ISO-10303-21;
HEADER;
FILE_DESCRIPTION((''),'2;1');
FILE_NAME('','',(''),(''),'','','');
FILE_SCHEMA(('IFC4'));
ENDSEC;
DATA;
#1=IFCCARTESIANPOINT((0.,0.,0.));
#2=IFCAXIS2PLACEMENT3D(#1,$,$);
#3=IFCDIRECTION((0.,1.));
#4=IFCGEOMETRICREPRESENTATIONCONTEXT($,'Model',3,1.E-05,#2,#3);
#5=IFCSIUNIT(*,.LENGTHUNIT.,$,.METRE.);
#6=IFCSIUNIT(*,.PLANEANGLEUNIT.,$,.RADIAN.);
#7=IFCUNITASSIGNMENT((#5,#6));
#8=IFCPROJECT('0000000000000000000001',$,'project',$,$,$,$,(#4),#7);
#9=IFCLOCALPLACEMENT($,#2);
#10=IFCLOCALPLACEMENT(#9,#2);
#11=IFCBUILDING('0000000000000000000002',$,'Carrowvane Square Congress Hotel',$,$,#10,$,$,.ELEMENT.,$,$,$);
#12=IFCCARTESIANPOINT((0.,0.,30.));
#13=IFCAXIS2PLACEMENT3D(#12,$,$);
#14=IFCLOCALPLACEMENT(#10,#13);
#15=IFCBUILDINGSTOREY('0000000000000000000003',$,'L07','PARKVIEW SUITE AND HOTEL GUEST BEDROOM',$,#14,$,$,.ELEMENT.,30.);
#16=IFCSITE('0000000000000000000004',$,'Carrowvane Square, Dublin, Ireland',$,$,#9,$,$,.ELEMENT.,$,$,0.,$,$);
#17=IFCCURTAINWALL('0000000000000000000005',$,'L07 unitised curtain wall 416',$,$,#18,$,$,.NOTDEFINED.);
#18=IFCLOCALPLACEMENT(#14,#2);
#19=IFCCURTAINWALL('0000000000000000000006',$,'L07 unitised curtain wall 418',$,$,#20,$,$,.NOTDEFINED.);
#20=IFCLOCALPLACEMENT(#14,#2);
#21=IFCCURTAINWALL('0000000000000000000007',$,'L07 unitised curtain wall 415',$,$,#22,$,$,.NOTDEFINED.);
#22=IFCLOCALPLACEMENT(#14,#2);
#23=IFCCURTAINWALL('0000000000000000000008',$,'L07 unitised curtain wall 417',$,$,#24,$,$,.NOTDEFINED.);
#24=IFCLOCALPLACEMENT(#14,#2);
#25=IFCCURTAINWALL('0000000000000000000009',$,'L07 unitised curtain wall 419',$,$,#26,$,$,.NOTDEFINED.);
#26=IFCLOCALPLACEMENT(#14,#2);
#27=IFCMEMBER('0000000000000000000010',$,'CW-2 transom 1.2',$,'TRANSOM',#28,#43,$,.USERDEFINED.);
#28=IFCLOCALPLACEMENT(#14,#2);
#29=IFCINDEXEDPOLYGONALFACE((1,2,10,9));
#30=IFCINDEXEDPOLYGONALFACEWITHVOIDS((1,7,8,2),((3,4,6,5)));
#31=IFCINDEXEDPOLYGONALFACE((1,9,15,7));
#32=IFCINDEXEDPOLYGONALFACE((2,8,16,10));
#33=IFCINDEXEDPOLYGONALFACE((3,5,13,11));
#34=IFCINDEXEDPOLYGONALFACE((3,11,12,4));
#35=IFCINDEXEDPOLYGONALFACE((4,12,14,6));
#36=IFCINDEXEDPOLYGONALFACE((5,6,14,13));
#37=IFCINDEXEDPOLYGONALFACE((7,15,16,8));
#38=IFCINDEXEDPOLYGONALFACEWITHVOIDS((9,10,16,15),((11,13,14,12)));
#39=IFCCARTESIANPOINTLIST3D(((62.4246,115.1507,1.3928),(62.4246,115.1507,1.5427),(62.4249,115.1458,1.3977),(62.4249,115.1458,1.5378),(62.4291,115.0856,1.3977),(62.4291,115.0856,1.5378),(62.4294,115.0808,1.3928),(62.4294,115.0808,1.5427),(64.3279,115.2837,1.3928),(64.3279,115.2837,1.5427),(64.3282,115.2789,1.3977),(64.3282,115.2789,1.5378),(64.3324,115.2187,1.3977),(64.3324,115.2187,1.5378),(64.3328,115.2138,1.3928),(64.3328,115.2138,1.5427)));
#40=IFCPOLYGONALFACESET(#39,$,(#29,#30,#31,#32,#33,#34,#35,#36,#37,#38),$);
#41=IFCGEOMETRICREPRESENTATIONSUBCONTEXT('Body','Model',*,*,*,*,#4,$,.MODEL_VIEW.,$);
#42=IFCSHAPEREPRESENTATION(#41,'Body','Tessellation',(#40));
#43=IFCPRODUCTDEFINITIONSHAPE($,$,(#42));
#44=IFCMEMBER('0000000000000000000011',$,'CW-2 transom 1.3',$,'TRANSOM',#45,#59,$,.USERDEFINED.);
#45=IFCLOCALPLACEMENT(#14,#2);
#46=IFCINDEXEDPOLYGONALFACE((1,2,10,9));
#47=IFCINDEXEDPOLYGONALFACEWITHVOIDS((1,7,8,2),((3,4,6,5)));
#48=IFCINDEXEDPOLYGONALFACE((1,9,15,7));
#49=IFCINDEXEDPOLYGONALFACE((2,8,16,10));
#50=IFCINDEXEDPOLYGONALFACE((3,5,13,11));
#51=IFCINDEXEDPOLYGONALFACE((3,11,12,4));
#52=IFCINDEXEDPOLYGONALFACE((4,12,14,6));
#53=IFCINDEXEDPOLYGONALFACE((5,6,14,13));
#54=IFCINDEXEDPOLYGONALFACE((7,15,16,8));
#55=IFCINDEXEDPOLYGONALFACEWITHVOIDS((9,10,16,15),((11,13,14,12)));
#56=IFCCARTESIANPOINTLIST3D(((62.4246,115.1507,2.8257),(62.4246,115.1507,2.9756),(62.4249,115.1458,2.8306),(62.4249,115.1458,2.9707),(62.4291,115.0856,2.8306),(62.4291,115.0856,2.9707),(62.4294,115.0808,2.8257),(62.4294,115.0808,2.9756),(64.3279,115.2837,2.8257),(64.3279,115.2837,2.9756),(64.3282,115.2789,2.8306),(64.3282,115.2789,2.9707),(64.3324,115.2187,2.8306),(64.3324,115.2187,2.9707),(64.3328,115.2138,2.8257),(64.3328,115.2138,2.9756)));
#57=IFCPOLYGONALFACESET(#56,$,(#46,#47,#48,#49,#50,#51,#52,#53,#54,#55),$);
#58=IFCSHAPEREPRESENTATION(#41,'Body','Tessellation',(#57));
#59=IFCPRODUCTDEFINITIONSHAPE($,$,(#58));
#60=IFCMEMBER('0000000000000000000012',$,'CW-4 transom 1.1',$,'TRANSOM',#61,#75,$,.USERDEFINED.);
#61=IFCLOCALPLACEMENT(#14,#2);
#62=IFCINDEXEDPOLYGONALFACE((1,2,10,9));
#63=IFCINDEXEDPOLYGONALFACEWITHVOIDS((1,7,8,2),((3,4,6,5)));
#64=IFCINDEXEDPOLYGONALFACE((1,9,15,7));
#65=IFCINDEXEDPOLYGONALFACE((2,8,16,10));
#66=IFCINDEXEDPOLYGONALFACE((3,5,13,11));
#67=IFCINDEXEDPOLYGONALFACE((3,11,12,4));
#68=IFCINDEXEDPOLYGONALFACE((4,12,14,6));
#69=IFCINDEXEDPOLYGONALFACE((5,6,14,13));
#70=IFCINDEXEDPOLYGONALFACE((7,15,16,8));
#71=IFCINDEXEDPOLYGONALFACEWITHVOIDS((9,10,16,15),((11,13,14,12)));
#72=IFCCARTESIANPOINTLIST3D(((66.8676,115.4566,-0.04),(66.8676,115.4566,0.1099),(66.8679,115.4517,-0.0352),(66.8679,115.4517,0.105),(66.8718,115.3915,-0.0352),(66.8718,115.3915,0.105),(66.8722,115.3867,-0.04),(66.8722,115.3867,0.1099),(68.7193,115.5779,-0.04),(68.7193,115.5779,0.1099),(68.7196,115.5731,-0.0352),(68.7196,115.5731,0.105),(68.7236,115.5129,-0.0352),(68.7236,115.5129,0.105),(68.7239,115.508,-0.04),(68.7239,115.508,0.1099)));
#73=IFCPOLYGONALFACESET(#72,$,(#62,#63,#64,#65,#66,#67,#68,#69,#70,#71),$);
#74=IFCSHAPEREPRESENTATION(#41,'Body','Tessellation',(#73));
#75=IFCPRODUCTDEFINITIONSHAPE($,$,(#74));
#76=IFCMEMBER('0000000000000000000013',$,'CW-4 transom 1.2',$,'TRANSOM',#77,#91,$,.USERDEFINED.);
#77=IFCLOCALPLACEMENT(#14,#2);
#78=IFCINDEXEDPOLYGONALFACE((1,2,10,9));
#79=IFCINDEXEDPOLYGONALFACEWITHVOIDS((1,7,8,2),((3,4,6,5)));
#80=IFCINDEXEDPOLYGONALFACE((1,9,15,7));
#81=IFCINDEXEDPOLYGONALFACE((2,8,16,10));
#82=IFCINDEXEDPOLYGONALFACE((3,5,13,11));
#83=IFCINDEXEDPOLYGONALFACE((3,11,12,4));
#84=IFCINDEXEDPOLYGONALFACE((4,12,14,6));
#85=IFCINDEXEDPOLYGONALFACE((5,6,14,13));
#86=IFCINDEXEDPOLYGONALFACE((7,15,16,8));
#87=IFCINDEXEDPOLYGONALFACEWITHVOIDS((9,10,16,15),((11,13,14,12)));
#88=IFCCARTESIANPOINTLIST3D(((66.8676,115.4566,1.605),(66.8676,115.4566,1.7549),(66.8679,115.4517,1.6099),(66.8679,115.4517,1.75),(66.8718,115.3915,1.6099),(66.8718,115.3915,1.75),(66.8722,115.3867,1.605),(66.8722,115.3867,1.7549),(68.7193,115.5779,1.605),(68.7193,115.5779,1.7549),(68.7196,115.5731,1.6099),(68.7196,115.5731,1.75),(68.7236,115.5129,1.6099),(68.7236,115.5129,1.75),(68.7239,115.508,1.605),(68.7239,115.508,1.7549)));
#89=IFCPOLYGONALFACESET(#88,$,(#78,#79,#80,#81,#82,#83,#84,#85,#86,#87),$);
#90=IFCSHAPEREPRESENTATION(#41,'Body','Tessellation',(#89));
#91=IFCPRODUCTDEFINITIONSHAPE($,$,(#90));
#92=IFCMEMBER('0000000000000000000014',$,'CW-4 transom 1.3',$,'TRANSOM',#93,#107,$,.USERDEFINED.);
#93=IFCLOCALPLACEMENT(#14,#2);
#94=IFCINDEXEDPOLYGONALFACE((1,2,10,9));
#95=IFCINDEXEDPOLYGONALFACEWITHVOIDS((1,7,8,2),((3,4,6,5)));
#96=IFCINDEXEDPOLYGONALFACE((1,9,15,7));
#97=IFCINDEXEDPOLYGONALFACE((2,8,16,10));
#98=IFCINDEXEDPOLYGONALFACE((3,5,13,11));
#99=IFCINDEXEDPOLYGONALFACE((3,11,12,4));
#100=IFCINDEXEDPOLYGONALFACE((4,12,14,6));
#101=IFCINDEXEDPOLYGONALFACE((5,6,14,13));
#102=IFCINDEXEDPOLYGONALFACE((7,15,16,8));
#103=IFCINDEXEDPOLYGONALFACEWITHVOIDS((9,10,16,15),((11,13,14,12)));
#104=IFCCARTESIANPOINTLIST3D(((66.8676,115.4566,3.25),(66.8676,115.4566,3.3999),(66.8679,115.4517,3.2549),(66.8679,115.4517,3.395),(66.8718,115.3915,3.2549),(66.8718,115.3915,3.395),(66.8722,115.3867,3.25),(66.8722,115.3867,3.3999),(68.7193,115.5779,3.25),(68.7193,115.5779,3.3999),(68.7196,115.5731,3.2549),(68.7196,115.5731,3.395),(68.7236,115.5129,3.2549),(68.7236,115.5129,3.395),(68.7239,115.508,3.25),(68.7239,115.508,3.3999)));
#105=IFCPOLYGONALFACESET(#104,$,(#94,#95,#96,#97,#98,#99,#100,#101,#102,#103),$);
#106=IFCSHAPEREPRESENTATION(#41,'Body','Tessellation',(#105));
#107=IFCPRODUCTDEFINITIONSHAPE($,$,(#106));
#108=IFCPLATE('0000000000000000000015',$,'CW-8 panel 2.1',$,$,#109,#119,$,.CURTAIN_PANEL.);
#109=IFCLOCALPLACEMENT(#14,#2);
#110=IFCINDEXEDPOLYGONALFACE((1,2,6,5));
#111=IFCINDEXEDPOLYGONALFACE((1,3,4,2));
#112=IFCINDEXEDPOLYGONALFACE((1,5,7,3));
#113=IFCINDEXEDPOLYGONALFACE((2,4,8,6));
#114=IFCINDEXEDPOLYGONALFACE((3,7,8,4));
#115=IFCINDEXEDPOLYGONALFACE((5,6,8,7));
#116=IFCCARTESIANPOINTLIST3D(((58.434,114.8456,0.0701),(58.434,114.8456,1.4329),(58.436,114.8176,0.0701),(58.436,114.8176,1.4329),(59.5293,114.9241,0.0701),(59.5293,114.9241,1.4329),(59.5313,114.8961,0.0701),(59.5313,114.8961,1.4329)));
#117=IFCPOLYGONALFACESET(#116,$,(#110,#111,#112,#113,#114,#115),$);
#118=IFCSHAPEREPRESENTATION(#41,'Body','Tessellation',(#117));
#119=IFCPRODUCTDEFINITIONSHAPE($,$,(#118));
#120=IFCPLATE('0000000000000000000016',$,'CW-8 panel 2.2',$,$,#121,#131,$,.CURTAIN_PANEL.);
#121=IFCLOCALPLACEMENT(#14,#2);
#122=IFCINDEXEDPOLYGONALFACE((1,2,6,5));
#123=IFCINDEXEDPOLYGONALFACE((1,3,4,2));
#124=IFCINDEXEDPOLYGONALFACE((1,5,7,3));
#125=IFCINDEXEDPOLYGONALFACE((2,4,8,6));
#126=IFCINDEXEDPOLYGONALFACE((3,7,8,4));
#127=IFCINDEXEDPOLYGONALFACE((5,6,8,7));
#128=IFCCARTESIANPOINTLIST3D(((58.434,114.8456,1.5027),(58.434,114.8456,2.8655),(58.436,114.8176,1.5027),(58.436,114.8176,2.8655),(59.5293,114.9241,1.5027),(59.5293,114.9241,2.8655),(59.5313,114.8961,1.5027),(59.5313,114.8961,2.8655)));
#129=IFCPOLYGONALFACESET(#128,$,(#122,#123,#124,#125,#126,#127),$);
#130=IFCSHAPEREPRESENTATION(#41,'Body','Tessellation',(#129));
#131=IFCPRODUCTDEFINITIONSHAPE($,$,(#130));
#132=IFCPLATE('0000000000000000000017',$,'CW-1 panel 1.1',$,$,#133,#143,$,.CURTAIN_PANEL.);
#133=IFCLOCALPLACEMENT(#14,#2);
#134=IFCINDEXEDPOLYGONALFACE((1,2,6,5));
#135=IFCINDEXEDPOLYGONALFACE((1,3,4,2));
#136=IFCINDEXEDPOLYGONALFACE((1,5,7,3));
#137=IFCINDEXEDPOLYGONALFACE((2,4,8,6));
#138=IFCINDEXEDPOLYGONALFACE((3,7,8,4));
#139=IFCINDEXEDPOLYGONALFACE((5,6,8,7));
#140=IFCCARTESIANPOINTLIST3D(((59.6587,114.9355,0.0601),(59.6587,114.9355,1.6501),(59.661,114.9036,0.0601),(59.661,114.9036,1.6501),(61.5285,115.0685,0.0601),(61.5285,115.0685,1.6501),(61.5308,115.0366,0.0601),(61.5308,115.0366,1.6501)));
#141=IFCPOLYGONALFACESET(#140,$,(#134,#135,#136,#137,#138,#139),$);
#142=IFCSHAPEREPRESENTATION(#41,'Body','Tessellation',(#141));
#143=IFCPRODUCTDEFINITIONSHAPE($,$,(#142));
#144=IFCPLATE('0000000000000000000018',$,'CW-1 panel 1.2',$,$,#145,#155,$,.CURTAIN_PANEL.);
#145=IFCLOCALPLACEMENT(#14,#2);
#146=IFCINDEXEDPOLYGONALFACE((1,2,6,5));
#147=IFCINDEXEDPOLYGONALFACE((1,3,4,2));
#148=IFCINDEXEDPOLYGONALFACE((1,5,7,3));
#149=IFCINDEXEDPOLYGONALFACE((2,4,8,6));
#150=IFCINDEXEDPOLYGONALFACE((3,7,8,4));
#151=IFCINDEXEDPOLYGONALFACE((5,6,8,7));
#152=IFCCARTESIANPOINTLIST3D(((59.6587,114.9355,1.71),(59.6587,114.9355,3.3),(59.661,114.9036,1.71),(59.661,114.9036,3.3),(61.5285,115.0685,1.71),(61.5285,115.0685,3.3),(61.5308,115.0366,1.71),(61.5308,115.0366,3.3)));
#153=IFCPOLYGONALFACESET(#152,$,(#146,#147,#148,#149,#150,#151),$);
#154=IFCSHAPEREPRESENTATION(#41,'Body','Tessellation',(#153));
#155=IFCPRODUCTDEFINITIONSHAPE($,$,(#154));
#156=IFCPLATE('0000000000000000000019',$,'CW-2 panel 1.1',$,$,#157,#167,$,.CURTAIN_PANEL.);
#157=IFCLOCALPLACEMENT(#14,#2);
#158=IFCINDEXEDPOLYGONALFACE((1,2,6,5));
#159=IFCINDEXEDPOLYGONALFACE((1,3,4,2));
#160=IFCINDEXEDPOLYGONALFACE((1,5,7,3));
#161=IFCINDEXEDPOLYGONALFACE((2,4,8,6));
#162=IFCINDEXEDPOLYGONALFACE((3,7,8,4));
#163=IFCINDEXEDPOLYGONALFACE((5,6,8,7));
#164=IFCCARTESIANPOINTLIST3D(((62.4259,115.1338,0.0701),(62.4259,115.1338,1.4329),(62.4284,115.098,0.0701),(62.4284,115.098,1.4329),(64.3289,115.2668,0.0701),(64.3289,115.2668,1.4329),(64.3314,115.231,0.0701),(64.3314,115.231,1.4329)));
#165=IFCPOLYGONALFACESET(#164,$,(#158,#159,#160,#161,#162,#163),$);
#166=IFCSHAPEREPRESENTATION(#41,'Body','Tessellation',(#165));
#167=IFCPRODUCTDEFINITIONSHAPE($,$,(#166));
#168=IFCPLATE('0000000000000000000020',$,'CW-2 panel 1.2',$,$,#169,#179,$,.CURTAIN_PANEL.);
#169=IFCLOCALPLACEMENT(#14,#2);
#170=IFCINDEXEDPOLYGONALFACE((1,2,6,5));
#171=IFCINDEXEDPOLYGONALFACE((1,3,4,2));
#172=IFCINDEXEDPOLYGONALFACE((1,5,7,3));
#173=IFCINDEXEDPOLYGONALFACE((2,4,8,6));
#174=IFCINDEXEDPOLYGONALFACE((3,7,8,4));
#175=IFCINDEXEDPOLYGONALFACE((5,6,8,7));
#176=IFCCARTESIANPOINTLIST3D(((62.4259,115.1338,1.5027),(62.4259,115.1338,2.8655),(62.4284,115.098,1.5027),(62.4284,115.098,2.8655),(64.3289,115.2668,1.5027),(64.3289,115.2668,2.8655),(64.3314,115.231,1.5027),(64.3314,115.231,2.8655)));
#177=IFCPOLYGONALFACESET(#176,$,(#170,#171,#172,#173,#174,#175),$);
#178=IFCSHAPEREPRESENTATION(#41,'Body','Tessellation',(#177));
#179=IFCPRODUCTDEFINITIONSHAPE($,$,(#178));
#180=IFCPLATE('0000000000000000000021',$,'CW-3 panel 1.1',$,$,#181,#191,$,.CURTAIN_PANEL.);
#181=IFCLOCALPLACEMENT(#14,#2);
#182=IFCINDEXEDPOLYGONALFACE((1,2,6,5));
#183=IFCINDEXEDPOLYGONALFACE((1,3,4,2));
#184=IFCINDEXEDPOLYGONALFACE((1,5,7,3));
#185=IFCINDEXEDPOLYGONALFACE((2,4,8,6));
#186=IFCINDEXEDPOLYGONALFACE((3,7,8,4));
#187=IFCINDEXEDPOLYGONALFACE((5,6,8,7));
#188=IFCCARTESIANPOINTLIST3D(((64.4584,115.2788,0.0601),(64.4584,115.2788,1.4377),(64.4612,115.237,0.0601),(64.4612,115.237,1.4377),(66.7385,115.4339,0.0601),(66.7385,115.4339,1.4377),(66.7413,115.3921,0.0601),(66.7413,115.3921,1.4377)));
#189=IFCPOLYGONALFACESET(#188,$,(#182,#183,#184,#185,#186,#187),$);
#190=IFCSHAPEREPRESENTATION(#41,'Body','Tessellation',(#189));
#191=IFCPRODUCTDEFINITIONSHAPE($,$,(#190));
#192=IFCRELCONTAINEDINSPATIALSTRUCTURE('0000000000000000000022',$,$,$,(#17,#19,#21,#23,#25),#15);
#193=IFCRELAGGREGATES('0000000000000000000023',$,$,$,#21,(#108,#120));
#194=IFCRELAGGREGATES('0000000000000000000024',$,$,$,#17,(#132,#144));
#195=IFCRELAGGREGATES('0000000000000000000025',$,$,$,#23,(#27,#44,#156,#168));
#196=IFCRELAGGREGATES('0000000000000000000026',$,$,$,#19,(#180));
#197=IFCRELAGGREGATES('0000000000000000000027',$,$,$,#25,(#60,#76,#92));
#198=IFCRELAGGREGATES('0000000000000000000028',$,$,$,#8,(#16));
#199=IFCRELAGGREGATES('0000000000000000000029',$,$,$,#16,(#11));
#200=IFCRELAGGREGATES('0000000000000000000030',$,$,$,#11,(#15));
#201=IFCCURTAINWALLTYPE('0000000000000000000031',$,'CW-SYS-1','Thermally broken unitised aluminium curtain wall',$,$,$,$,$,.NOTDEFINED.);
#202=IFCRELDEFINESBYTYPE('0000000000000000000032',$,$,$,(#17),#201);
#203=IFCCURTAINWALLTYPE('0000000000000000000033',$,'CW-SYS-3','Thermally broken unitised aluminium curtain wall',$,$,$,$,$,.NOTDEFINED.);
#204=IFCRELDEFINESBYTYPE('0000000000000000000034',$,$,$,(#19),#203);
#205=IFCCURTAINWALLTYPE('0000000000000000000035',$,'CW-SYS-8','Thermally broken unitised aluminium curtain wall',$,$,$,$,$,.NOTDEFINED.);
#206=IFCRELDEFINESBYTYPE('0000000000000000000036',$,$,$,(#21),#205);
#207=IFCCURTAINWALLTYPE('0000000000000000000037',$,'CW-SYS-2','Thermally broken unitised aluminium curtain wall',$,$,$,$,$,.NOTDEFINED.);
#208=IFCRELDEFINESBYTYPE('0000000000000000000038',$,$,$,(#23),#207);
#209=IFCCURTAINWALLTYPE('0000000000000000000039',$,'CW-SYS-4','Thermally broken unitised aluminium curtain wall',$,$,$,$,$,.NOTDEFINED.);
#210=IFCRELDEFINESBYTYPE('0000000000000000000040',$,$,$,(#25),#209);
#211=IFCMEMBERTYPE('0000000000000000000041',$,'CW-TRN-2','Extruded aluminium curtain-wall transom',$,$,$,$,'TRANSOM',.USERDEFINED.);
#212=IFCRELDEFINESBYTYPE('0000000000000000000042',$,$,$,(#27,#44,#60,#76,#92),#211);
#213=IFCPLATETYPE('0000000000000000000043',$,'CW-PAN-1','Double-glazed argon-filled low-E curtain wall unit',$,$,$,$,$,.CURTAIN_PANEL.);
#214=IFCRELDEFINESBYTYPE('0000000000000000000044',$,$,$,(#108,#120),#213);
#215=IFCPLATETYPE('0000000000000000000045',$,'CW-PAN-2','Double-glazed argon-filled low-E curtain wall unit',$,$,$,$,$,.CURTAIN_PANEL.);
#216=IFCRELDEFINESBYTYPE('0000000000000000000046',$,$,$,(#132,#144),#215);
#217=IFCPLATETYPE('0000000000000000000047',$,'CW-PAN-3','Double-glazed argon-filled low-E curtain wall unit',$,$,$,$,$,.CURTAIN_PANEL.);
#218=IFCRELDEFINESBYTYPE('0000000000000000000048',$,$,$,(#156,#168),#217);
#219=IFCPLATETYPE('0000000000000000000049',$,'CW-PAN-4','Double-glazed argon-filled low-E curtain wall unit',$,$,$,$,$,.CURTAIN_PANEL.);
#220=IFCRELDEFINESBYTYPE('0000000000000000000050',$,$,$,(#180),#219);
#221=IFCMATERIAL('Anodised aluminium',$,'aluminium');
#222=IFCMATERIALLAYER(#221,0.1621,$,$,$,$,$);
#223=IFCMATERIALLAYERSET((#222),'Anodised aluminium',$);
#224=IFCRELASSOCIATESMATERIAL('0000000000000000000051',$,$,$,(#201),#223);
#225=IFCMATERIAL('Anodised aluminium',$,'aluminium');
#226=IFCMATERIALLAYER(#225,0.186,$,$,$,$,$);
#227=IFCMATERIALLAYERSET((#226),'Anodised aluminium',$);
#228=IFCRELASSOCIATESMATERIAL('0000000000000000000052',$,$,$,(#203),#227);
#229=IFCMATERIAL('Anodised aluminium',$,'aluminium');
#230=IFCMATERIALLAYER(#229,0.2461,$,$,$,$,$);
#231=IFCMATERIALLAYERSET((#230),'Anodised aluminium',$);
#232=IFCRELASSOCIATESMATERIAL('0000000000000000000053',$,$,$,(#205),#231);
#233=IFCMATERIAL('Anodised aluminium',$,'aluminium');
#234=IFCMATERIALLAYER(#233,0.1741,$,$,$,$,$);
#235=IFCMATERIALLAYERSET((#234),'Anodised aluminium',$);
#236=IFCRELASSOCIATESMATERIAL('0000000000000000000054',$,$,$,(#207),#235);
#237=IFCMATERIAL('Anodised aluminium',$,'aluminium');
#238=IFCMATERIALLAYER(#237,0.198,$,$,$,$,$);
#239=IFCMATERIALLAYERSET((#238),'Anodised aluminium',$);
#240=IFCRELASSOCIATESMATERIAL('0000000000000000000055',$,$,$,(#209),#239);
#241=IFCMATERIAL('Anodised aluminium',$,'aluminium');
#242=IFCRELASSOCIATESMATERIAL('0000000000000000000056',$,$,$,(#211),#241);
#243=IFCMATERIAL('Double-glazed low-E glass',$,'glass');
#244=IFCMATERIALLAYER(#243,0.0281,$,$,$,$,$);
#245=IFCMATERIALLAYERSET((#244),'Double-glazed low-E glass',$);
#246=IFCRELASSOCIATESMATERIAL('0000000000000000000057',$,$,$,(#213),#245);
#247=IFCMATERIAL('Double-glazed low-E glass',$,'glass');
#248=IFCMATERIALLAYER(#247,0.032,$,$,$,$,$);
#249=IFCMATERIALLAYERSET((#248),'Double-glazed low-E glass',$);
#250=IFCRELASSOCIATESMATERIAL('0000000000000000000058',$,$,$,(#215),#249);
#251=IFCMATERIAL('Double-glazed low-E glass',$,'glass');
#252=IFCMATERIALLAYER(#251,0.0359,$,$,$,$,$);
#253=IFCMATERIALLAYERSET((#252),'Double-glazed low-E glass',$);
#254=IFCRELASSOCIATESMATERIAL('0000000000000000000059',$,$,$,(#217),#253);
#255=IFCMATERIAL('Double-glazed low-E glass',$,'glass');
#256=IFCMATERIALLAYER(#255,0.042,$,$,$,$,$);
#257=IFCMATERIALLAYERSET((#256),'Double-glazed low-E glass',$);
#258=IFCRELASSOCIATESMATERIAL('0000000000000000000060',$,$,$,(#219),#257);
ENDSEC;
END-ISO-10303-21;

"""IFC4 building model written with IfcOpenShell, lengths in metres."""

from ifc_helpers import new_model, si_unit, direction, frame, origin, origin_2d, place, context, subcontext, project, spatial, rectangle, hollow_rectangle, extrude, material, layer, layer_set, material_profile, profile_set, type_object, element, aggregate, save


model = new_model("IFC4")

# Units and contexts
model_context = context("Model", 3, precision=1e-05, world=origin(), true_north=direction((0.0, 1.0)))
body_context = subcontext(model_context, "Body", "Model", "MODEL_VIEW")
ifc_project = project(units=[si_unit("LENGTHUNIT", "METRE"), si_unit("PLANEANGLEUNIT", "RADIAN")], contexts=[model_context])

# Site, building, storey
site_placement = place(None, origin())
site = spatial("IfcSite", under=ifc_project, at=site_placement, Name="Carrowvane Square, Dublin, Ireland", CompositionType="ELEMENT", RefElevation=0.0)
building_placement = place(site_placement, origin())
building = spatial("IfcBuilding", under=site, at=building_placement, Name="Carrowvane Square Congress Hotel", CompositionType="ELEMENT")
storey_placement = place(building_placement, frame((0.0, 0.0, 30.0)))
storey = spatial("IfcBuildingStorey", under=building, at=storey_placement, Name="L07", Description="PARKVIEW SUITE AND HOTEL GUEST BEDROOM", CompositionType="ELEMENT", Elevation=30.0)

# Curtain walls
ifc_material_1 = material(Name="Anodised aluminium", Category="aluminium")
ifc_layer_1 = layer(ifc_material_1, 0.1621)
ifc_layer_set_1 = layer_set([ifc_layer_1], Name="Anodised aluminium")
curtain_wall_type_1 = type_object("IfcCurtainWallType", Name="CW-SYS-1", Description="Thermally broken unitised aluminium curtain wall", PredefinedType="NOTDEFINED", material=ifc_layer_set_1)
curtain_wall_1_placement = place(storey_placement, origin())
curtain_wall_1 = element("IfcCurtainWall", 1, at=curtain_wall_1_placement, inside=storey, type_object=curtain_wall_type_1, Name="L07 unitised curtain wall 416", PredefinedType="NOTDEFINED")
ifc_material_2 = material(Name="Anodised aluminium", Category="aluminium")
ifc_layer_2 = layer(ifc_material_2, 0.186)
ifc_layer_set_2 = layer_set([ifc_layer_2], Name="Anodised aluminium")
curtain_wall_type_2 = type_object("IfcCurtainWallType", Name="CW-SYS-3", Description="Thermally broken unitised aluminium curtain wall", PredefinedType="NOTDEFINED", material=ifc_layer_set_2)
curtain_wall_2_placement = place(storey_placement, origin())
curtain_wall_2 = element("IfcCurtainWall", 2, at=curtain_wall_2_placement, inside=storey, type_object=curtain_wall_type_2, Name="L07 unitised curtain wall 418", PredefinedType="NOTDEFINED")

# Curtain wall
ifc_material_3 = material(Name="Anodised aluminium", Category="aluminium")
ifc_layer_3 = layer(ifc_material_3, 0.2461)
ifc_layer_set_3 = layer_set([ifc_layer_3], Name="Anodised aluminium")
curtain_wall_type_3 = type_object("IfcCurtainWallType", Name="CW-SYS-8", Description="Thermally broken unitised aluminium curtain wall", PredefinedType="NOTDEFINED", material=ifc_layer_set_3)
curtain_wall_3_placement = place(storey_placement, origin())
curtain_wall_3 = element("IfcCurtainWall", 3, at=curtain_wall_3_placement, inside=storey, type_object=curtain_wall_type_3, Name="L07 unitised curtain wall 415", PredefinedType="NOTDEFINED")

# Curtain wall
ifc_material_4 = material(Name="Anodised aluminium", Category="aluminium")
ifc_layer_4 = layer(ifc_material_4, 0.1741)
ifc_layer_set_4 = layer_set([ifc_layer_4], Name="Anodised aluminium")
curtain_wall_type_4 = type_object("IfcCurtainWallType", Name="CW-SYS-2", Description="Thermally broken unitised aluminium curtain wall", PredefinedType="NOTDEFINED", material=ifc_layer_set_4)
curtain_wall_4_placement = place(storey_placement, origin())
curtain_wall_4 = element("IfcCurtainWall", 4, at=curtain_wall_4_placement, inside=storey, type_object=curtain_wall_type_4, Name="L07 unitised curtain wall 417", PredefinedType="NOTDEFINED")

# Curtain wall
ifc_material_5 = material(Name="Anodised aluminium", Category="aluminium")
ifc_layer_5 = layer(ifc_material_5, 0.198)
ifc_layer_set_5 = layer_set([ifc_layer_5], Name="Anodised aluminium")
curtain_wall_type_5 = type_object("IfcCurtainWallType", Name="CW-SYS-4", Description="Thermally broken unitised aluminium curtain wall", PredefinedType="NOTDEFINED", material=ifc_layer_set_5)
curtain_wall_5_placement = place(storey_placement, origin())
curtain_wall_5 = element("IfcCurtainWall", 5, at=curtain_wall_5_placement, inside=storey, type_object=curtain_wall_type_5, Name="L07 unitised curtain wall 419", PredefinedType="NOTDEFINED")

# Members
ifc_material_6 = material(Name="Anodised aluminium", Category="aluminium")
ifc_material_profile_1 = material_profile(ifc_material_6, hollow_rectangle(XDim=0.0701, YDim=0.1499, WallThickness=0.0049, at=origin_2d()), Name="CW-TR 70x150x5")
ifc_profile_set_1 = profile_set([ifc_material_profile_1], Name="Anodised aluminium")
member_type_1 = type_object("IfcMemberType", Name="CW-TRN-2", Description="Extruded aluminium curtain-wall transom", ElementType="TRANSOM", PredefinedType="USERDEFINED", material=ifc_profile_set_1)
member_1_placement = place(storey_placement, frame((62.427, 115.1157, 1.4678), z_axis=(0.997565, 0.069737, 0.0), x_axis=(-0.069737, 0.997565, 0.0)))
member_1 = element("IfcMember", 6, at=member_1_placement, type_object=member_type_1, Name="CW-2 transom 1.2", ObjectType="TRANSOM", PredefinedType="USERDEFINED", context=body_context, shape_type="SweptSolid", body=[
    extrude(hollow_rectangle(XDim=0.0701, YDim=0.1499, WallThickness=0.0049, at=origin_2d()), origin(), (0.0, 0.0, 1.0), 1.908),
])
member_2_placement = place(storey_placement, frame((62.427, 115.1157, 2.9006), z_axis=(0.997565, 0.069737, 0.0), x_axis=(-0.069737, 0.997565, 0.0)))
member_2 = element("IfcMember", 7, at=member_2_placement, type_object=member_type_1, Name="CW-2 transom 1.3", ObjectType="TRANSOM", PredefinedType="USERDEFINED", context=body_context, shape_type="SweptSolid", body=[
    extrude(hollow_rectangle(XDim=0.0701, YDim=0.1499, WallThickness=0.0049, at=origin_2d()), origin(), (0.0, 0.0, 1.0), 1.908),
])
member_3_placement = place(storey_placement, frame((66.8699, 115.4216, 0.0349), z_axis=(0.99786, 0.065384, 0.0), x_axis=(-0.065384, 0.99786, 0.0)))
member_3 = element("IfcMember", 8, at=member_3_placement, type_object=member_type_1, Name="CW-4 transom 1.1", ObjectType="TRANSOM", PredefinedType="USERDEFINED", context=body_context, shape_type="SweptSolid", body=[
    extrude(hollow_rectangle(XDim=0.0701, YDim=0.1499, WallThickness=0.0049, at=origin_2d()), origin(), (0.0, 0.0, 1.0), 1.8557),
])
member_4_placement = place(storey_placement, frame((66.8699, 115.4216, 1.6799), z_axis=(0.99786, 0.065384, 0.0), x_axis=(-0.065384, 0.99786, 0.0)))
member_4 = element("IfcMember", 9, at=member_4_placement, type_object=member_type_1, Name="CW-4 transom 1.2", ObjectType="TRANSOM", PredefinedType="USERDEFINED", context=body_context, shape_type="SweptSolid", body=[
    extrude(hollow_rectangle(XDim=0.0701, YDim=0.1499, WallThickness=0.0049, at=origin_2d()), origin(), (0.0, 0.0, 1.0), 1.8557),
])
member_5_placement = place(storey_placement, frame((66.8699, 115.4216, 3.325), z_axis=(0.99786, 0.065384, 0.0), x_axis=(-0.065384, 0.99786, 0.0)))
member_5 = element("IfcMember", 10, at=member_5_placement, type_object=member_type_1, Name="CW-4 transom 1.3", ObjectType="TRANSOM", PredefinedType="USERDEFINED", context=body_context, shape_type="SweptSolid", body=[
    extrude(hollow_rectangle(XDim=0.0701, YDim=0.1499, WallThickness=0.0049, at=origin_2d()), origin(), (0.0, 0.0, 1.0), 1.8557),
])

# Plates
ifc_material_7 = material(Name="Double-glazed low-E glass", Category="glass")
ifc_layer_6 = layer(ifc_material_7, 0.0281)
ifc_layer_set_6 = layer_set([ifc_layer_6], Name="Double-glazed low-E glass")
plate_type_1 = type_object("IfcPlateType", Name="CW-PAN-1", Description="Double-glazed argon-filled low-E curtain wall unit", PredefinedType="CURTAIN_PANEL", material=ifc_layer_set_6)
plate_1_placement = place(storey_placement, frame((58.9827, 114.8708, 0.0701), z_axis=(0.0, 0.0, 1.0), x_axis=(0.997438, 0.071532, 0.0)))
plate_1 = element("IfcPlate", 11, at=plate_1_placement, type_object=plate_type_1, Name="CW-8 panel 2.1", PredefinedType="CURTAIN_PANEL", context=body_context, shape_type="SweptSolid", body=[
    extrude(rectangle(XDim=1.0981, YDim=0.0281, at=origin_2d()), origin(), (0.0, 0.0, 1.0), 1.3628),
])
plate_2_placement = place(storey_placement, frame((58.9827, 114.8708, 1.5027), z_axis=(0.0, 0.0, 1.0), x_axis=(0.997438, 0.071532, 0.0)))
plate_2 = element("IfcPlate", 12, at=plate_2_placement, type_object=plate_type_1, Name="CW-8 panel 2.2", PredefinedType="CURTAIN_PANEL", context=body_context, shape_type="SweptSolid", body=[
    extrude(rectangle(XDim=1.0981, YDim=0.0281, at=origin_2d()), origin(), (0.0, 0.0, 1.0), 1.3628),
])
aggregate(curtain_wall_3, [plate_1, plate_2])
ifc_material_8 = material(Name="Double-glazed low-E glass", Category="glass")
ifc_layer_7 = layer(ifc_material_8, 0.032)
ifc_layer_set_7 = layer_set([ifc_layer_7], Name="Double-glazed low-E glass")
plate_type_2 = type_object("IfcPlateType", Name="CW-PAN-2", Description="Double-glazed argon-filled low-E curtain wall unit", PredefinedType="CURTAIN_PANEL", material=ifc_layer_set_7)
plate_3_placement = place(storey_placement, frame((60.5947, 114.9861, 0.0601), z_axis=(0.0, 0.0, 1.0), x_axis=(0.997479, 0.07096, 0.0)))
plate_3 = element("IfcPlate", 13, at=plate_3_placement, type_object=plate_type_2, Name="CW-1 panel 1.1", PredefinedType="CURTAIN_PANEL", context=body_context, shape_type="SweptSolid", body=[
    extrude(rectangle(XDim=1.8745, YDim=0.032, at=origin_2d()), origin(), (0.0, 0.0, 1.0), 1.5901),
])
plate_4_placement = place(storey_placement, frame((60.5947, 114.9861, 1.71), z_axis=(0.0, 0.0, 1.0), x_axis=(0.997479, 0.07096, 0.0)))
plate_4 = element("IfcPlate", 14, at=plate_4_placement, type_object=plate_type_2, Name="CW-1 panel 1.2", PredefinedType="CURTAIN_PANEL", context=body_context, shape_type="SweptSolid", body=[
    extrude(rectangle(XDim=1.8745, YDim=0.032, at=origin_2d()), origin(), (0.0, 0.0, 1.0), 1.5901),
])
aggregate(curtain_wall_1, [plate_3, plate_4])
ifc_material_9 = material(Name="Double-glazed low-E glass", Category="glass")
ifc_layer_8 = layer(ifc_material_9, 0.0359)
ifc_layer_set_8 = layer_set([ifc_layer_8], Name="Double-glazed low-E glass")
plate_type_3 = type_object("IfcPlateType", Name="CW-PAN-3", Description="Double-glazed argon-filled low-E curtain wall unit", PredefinedType="CURTAIN_PANEL", material=ifc_layer_set_8)
plate_5_placement = place(storey_placement, frame((63.3787, 115.1824, 0.0701), z_axis=(0.0, 0.0, 1.0), x_axis=(0.997566, 0.069724, 0.0)))
plate_5 = element("IfcPlate", 15, at=plate_5_placement, type_object=plate_type_3, Name="CW-2 panel 1.1", PredefinedType="CURTAIN_PANEL", context=body_context, shape_type="SweptSolid", body=[
    extrude(rectangle(XDim=1.9077, YDim=0.0359, at=origin_2d()), origin(), (0.0, 0.0, 1.0), 1.3628),
])
plate_6_placement = place(storey_placement, frame((63.3787, 115.1824, 1.5027), z_axis=(0.0, 0.0, 1.0), x_axis=(0.997566, 0.069724, 0.0)))
plate_6 = element("IfcPlate", 16, at=plate_6_placement, type_object=plate_type_3, Name="CW-2 panel 1.2", PredefinedType="CURTAIN_PANEL", context=body_context, shape_type="SweptSolid", body=[
    extrude(rectangle(XDim=1.9077, YDim=0.0359, at=origin_2d()), origin(), (0.0, 0.0, 1.0), 1.3628),
])
aggregate(curtain_wall_4, [member_1, member_2, plate_5, plate_6])
ifc_material_10 = material(Name="Double-glazed low-E glass", Category="glass")
ifc_layer_9 = layer(ifc_material_10, 0.042)
ifc_layer_set_9 = layer_set([ifc_layer_9], Name="Double-glazed low-E glass")
plate_type_4 = type_object("IfcPlateType", Name="CW-PAN-4", Description="Double-glazed argon-filled low-E curtain wall unit", PredefinedType="CURTAIN_PANEL", material=ifc_layer_set_9)
plate_7_placement = place(storey_placement, frame((65.5999, 115.3354, 0.0601), z_axis=(0.0, 0.0, 1.0), x_axis=(0.997694, 0.067865, 0.0)))
plate_7 = element("IfcPlate", 17, at=plate_7_placement, type_object=plate_type_4, Name="CW-3 panel 1.1", PredefinedType="CURTAIN_PANEL", context=body_context, shape_type="SweptSolid", body=[
    extrude(rectangle(XDim=2.2854, YDim=0.042, at=origin_2d()), origin(), (0.0, 0.0, 1.0), 1.3777),
])
aggregate(curtain_wall_2, [plate_7])
aggregate(curtain_wall_5, [member_3, member_4, member_5])

save(model, "model.ifc")
